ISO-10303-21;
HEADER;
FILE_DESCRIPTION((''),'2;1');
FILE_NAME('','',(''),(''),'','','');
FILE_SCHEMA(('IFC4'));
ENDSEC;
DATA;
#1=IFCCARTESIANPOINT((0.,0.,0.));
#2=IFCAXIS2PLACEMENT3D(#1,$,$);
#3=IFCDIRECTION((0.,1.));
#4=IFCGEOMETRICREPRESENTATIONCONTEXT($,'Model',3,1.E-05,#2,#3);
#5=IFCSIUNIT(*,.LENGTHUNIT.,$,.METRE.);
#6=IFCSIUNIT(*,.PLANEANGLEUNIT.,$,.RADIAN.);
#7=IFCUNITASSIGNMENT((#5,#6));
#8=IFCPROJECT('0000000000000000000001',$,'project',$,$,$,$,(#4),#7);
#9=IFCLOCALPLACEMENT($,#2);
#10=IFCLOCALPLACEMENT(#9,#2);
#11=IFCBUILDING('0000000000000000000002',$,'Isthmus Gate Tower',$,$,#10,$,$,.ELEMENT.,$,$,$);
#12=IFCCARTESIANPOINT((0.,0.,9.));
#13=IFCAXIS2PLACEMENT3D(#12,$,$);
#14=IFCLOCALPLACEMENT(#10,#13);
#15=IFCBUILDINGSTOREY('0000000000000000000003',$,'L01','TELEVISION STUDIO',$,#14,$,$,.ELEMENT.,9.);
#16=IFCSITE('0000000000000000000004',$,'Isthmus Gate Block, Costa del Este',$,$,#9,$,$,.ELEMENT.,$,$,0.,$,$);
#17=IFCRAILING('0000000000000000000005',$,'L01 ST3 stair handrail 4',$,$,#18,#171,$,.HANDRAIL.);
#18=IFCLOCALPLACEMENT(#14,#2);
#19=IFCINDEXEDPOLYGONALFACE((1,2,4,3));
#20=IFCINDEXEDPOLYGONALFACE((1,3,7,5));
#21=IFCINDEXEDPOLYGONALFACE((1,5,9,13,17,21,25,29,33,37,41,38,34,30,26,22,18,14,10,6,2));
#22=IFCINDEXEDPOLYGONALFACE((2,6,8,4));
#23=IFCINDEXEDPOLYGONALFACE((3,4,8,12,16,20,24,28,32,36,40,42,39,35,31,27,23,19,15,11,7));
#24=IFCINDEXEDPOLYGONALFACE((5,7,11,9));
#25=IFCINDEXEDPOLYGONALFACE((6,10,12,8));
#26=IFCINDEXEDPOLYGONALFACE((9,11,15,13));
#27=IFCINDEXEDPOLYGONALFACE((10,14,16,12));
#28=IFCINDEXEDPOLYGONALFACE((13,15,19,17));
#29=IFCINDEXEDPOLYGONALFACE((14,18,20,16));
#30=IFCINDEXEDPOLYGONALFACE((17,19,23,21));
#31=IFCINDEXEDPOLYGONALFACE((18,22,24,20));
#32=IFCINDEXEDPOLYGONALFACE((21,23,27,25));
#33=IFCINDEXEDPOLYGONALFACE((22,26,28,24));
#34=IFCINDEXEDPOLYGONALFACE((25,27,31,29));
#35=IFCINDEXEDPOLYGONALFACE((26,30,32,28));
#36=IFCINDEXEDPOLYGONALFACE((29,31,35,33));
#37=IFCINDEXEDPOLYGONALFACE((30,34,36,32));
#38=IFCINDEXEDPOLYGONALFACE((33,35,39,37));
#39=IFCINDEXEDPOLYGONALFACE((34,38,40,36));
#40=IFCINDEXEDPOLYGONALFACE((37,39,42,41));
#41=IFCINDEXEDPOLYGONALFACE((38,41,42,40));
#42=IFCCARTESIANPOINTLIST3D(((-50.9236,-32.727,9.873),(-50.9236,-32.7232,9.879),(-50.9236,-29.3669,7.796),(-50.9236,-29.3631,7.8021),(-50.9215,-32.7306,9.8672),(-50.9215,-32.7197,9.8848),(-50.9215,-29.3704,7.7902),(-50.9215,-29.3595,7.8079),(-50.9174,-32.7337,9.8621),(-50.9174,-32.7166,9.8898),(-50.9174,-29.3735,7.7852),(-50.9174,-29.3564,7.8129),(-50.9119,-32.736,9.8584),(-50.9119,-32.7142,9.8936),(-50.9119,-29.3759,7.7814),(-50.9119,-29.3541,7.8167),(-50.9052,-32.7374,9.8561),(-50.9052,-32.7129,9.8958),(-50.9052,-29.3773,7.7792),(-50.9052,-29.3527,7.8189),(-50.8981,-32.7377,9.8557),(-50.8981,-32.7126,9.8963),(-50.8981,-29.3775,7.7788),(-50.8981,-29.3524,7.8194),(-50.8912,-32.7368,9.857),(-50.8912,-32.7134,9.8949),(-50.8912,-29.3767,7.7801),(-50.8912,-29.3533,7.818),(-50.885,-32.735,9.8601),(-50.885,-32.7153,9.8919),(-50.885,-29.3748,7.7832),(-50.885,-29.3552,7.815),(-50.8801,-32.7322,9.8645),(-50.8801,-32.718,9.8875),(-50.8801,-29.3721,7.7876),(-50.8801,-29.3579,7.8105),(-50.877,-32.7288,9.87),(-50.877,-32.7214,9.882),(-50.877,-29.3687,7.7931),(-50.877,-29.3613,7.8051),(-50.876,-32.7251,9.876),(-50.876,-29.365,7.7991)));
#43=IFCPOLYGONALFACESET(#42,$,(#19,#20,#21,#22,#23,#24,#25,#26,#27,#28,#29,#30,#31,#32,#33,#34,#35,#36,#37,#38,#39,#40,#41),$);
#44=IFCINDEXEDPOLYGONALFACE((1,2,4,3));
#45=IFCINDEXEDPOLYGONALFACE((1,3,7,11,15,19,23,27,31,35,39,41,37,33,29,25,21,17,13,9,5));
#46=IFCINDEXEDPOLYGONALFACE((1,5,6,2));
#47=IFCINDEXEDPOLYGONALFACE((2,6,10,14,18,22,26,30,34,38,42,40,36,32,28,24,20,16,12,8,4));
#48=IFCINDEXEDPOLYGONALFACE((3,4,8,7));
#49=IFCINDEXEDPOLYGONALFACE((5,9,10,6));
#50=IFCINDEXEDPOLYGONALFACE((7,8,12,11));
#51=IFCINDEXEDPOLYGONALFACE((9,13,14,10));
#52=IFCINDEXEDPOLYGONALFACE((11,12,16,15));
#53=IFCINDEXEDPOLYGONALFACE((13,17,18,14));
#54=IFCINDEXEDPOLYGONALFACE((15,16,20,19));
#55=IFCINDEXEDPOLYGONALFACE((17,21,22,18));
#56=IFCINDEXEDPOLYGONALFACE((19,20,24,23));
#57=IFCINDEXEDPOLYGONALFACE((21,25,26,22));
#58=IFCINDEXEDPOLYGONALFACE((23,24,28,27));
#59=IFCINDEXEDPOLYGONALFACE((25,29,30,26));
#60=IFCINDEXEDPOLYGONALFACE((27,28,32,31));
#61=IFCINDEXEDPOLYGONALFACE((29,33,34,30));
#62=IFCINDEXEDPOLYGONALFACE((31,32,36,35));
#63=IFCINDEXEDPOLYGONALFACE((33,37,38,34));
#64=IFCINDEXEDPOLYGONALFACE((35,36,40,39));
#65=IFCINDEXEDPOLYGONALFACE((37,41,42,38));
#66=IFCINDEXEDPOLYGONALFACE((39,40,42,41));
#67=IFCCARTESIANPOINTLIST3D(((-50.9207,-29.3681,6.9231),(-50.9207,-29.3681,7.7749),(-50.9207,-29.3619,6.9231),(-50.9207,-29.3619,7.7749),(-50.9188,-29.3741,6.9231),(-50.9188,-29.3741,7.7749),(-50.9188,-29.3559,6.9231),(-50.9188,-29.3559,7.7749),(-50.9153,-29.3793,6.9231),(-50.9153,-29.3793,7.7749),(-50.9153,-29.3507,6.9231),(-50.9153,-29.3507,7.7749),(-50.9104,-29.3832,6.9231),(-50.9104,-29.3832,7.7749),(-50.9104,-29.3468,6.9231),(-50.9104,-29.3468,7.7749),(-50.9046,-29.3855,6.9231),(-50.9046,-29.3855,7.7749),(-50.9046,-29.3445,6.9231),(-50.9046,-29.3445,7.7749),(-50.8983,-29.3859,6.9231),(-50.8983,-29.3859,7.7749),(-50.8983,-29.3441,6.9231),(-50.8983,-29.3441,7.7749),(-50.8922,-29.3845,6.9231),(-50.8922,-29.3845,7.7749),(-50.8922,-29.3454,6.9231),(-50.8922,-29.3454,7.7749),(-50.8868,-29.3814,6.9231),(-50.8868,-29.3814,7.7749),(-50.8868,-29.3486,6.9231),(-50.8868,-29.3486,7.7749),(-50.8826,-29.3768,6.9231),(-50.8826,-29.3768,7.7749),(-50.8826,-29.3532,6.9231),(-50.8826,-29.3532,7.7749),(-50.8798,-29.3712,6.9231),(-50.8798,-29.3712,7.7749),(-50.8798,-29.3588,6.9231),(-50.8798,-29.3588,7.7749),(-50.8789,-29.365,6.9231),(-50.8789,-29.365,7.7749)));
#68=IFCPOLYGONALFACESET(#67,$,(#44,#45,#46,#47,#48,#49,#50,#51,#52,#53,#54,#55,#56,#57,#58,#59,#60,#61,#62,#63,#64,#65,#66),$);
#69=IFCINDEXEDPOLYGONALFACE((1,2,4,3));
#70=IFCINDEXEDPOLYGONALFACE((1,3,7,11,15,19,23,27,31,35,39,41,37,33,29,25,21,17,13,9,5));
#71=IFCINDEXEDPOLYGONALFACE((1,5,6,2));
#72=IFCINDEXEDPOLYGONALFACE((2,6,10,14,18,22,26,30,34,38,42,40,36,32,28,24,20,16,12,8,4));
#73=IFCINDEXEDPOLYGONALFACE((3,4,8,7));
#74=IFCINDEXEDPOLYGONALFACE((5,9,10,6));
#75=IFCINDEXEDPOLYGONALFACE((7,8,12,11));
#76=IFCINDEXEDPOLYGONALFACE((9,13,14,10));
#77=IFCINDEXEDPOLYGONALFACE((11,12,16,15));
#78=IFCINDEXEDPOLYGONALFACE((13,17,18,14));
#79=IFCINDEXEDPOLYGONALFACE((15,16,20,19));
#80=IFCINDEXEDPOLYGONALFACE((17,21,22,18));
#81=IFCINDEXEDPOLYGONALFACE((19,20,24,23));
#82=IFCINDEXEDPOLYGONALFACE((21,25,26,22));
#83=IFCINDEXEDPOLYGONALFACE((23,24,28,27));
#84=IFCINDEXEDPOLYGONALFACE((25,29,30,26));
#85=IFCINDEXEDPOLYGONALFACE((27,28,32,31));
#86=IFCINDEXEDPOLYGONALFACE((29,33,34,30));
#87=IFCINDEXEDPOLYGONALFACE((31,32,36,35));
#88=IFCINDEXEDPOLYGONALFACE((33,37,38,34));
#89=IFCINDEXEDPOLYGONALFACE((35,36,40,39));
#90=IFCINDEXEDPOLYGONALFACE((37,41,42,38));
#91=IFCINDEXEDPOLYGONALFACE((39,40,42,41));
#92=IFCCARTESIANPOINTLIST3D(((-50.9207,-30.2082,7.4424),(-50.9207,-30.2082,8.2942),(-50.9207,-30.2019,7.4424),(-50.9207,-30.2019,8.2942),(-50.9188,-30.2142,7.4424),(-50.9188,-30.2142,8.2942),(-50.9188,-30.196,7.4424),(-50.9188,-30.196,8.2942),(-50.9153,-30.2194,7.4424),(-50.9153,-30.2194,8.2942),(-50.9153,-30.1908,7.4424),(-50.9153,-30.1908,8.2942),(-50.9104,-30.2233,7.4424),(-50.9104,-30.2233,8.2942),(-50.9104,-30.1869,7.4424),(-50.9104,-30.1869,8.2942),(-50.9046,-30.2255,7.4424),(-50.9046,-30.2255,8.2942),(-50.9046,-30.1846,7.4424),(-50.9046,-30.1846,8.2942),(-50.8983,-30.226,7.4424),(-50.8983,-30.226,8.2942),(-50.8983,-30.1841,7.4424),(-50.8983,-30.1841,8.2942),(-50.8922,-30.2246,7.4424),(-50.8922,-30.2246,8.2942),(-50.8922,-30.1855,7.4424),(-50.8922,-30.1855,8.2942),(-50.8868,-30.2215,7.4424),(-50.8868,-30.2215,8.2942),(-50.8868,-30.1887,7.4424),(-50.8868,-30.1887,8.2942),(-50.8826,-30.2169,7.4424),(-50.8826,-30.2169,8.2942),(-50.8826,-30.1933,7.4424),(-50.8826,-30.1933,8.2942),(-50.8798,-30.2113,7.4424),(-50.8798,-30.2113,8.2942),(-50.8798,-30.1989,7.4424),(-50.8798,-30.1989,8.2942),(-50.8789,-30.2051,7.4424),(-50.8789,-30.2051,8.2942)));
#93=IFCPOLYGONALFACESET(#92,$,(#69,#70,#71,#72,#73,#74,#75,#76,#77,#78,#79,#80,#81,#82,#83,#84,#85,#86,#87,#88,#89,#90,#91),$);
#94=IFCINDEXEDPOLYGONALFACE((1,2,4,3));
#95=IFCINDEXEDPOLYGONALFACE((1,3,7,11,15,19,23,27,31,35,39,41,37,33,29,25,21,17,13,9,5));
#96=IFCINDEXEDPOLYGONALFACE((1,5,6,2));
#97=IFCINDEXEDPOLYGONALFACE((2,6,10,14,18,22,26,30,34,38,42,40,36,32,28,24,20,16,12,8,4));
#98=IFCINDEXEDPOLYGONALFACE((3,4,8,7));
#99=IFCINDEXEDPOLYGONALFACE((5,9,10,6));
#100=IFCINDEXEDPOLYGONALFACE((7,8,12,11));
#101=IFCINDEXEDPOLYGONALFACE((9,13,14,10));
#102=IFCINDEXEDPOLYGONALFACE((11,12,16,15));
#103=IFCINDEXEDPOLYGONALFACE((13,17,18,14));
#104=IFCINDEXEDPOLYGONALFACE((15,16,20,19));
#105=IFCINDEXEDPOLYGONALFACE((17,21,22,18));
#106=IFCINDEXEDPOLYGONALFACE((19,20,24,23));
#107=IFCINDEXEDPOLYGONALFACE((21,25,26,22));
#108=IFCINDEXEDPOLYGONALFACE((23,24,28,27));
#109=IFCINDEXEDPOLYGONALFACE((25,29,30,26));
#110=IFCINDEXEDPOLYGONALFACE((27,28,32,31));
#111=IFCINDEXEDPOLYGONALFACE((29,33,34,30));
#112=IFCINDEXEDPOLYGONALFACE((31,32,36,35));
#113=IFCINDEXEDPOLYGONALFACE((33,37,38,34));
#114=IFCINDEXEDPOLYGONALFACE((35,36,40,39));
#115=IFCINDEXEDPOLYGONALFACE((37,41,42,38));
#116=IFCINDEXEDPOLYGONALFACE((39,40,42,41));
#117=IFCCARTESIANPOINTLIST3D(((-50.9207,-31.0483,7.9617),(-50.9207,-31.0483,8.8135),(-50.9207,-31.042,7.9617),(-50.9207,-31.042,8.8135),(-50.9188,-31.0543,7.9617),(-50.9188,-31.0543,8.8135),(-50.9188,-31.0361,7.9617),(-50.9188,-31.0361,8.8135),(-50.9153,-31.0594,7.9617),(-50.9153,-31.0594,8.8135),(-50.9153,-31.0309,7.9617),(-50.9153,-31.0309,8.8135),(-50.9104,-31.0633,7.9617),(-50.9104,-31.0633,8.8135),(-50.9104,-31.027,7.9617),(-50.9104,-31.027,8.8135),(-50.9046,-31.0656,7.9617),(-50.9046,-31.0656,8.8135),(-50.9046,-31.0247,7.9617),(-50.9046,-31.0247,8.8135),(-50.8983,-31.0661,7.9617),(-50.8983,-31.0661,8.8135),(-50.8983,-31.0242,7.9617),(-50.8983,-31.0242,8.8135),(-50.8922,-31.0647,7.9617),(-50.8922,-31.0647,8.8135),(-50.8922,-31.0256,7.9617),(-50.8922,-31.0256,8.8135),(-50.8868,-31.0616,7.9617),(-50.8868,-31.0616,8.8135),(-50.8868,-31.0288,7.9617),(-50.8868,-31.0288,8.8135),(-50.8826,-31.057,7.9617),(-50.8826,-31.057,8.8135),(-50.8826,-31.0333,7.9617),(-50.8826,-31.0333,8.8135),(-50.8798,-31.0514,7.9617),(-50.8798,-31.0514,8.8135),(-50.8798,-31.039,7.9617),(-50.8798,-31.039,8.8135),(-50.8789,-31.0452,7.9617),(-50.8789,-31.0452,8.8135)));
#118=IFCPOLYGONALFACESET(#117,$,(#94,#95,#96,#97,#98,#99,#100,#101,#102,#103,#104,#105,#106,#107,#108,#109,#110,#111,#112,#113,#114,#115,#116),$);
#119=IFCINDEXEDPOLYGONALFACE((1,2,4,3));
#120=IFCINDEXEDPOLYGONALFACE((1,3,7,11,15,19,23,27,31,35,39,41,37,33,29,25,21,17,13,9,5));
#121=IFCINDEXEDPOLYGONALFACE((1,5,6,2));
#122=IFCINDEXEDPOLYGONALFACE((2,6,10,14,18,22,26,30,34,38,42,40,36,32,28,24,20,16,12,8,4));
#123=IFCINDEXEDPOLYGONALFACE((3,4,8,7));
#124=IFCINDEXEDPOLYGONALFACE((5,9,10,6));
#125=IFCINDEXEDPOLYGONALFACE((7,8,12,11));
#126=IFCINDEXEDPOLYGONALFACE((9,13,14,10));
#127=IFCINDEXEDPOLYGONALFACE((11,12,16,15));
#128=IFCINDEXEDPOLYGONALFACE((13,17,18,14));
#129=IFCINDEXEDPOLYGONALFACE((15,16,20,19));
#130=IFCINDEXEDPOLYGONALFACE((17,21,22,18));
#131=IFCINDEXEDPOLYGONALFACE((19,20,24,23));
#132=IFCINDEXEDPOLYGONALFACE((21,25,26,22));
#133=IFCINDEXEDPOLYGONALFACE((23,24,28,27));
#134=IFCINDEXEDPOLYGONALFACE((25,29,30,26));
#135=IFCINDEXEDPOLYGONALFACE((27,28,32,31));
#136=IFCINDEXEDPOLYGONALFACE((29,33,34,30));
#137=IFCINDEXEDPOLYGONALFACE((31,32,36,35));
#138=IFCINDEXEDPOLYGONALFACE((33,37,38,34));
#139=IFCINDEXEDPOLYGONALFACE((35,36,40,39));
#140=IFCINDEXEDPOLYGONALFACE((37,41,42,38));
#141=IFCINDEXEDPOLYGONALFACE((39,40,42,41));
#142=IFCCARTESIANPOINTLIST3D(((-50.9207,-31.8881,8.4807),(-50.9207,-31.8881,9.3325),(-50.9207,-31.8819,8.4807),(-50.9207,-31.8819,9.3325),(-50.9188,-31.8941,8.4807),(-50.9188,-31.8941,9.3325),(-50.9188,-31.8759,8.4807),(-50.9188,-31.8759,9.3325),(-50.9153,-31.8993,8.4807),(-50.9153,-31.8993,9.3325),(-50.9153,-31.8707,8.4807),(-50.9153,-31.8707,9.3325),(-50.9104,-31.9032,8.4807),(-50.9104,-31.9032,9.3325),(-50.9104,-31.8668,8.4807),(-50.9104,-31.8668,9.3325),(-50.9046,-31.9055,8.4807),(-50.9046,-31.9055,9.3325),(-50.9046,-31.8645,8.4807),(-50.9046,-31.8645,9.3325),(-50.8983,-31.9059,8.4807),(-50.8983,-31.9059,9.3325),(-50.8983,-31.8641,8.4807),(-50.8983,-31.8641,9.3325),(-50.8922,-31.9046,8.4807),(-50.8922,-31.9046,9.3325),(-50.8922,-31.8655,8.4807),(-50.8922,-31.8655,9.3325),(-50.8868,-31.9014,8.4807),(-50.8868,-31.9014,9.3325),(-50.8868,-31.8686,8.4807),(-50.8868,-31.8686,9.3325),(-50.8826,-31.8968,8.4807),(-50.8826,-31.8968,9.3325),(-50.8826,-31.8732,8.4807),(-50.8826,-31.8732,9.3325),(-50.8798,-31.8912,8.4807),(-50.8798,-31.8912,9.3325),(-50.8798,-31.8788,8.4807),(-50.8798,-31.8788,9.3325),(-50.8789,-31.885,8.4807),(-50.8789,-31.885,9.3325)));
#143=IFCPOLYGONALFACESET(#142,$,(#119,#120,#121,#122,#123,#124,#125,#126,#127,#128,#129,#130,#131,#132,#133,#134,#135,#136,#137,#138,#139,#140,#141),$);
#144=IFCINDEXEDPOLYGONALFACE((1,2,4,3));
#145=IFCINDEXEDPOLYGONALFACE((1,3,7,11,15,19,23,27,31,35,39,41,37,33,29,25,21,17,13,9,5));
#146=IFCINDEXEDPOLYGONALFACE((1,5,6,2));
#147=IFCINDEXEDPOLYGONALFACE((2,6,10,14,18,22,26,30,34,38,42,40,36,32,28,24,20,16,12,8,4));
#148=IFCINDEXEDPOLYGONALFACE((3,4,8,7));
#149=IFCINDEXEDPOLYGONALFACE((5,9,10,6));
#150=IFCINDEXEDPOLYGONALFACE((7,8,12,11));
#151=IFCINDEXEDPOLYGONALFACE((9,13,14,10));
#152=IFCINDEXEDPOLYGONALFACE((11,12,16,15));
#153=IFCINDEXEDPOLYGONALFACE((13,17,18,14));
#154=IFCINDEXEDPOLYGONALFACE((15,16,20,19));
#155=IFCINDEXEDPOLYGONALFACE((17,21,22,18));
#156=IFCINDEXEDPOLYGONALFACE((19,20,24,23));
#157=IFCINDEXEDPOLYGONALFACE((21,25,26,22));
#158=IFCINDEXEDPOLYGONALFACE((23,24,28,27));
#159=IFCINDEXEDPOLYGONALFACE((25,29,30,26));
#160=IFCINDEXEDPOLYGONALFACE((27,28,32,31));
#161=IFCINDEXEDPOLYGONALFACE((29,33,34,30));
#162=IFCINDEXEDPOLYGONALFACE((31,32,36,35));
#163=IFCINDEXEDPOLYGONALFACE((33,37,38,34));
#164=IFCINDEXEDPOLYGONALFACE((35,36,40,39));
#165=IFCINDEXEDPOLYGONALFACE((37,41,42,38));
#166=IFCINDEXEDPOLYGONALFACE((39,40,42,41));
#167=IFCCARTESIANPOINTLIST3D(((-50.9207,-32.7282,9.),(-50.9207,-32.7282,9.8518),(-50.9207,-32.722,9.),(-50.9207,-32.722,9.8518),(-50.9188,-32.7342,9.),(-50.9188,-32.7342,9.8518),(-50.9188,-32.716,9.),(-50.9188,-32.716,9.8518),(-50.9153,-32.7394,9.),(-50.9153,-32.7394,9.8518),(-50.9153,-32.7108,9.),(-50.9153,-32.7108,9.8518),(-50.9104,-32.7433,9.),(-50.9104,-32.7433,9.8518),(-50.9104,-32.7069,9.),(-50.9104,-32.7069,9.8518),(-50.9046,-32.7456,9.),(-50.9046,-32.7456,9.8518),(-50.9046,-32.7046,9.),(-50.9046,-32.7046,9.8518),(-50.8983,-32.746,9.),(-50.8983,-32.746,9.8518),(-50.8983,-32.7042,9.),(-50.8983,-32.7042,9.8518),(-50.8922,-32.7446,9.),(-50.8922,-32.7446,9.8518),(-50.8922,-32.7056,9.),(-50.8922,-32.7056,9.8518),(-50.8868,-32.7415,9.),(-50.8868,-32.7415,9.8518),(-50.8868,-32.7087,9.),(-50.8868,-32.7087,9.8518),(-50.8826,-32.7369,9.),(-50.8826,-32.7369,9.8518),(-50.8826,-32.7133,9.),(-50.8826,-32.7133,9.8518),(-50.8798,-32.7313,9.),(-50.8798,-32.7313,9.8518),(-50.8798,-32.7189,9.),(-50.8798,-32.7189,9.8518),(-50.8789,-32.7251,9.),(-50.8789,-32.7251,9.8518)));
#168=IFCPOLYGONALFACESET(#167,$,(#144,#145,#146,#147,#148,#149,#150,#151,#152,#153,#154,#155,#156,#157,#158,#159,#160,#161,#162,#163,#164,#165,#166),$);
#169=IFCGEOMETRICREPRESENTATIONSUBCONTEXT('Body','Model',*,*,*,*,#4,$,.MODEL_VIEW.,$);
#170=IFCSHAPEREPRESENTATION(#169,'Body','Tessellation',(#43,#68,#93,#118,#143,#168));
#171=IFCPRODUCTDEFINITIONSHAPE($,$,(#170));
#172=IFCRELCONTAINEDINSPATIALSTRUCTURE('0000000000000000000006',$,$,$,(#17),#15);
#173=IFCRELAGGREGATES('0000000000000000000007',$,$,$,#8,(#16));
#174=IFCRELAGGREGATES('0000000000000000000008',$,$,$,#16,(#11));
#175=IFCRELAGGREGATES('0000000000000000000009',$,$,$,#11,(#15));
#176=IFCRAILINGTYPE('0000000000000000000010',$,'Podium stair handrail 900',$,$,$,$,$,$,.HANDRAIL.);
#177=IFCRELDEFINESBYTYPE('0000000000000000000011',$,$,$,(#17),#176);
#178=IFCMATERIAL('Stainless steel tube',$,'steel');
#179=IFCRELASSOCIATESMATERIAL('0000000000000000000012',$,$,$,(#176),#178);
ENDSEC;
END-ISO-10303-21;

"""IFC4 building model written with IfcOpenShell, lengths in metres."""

from ifc_helpers import new_model, si_unit, direction, frame, origin, origin_2d, place, context, subcontext, project, spatial, circle, extrude, material, type_object, element, save


model = new_model("IFC4")

# Units and contexts
model_context = context("Model", 3, precision=1e-05, world=origin(), true_north=direction((0.0, 1.0)))
body_context = subcontext(model_context, "Body", "Model", "MODEL_VIEW")
ifc_project = project(units=[si_unit("LENGTHUNIT", "METRE"), si_unit("PLANEANGLEUNIT", "RADIAN")], contexts=[model_context])

# Site, building, storey
site_placement = place(None, origin())
site = spatial("IfcSite", under=ifc_project, at=site_placement, Name="Isthmus Gate Block, Costa del Este", CompositionType="ELEMENT", RefElevation=0.0)
building_placement = place(site_placement, origin())
building = spatial("IfcBuilding", under=site, at=building_placement, Name="Isthmus Gate Tower", CompositionType="ELEMENT")
storey_placement = place(building_placement, frame((0.0, 0.0, 9.0)))
storey = spatial("IfcBuildingStorey", under=building, at=storey_placement, Name="L01", Description="TELEVISION STUDIO", CompositionType="ELEMENT", Elevation=9.0)

# Railing
ifc_material_1 = material(Name="Stainless steel tube", Category="steel")
railing_type_1 = type_object("IfcRailingType", Name="Podium stair handrail 900", PredefinedType="HANDRAIL", material=ifc_material_1)
railing_1_placement = place(storey_placement, frame((-50.8999, -29.365, 6.9231)))
element("IfcRailing", 1, at=railing_1_placement, inside=storey, type_object=railing_type_1, Name="L01 ST3 stair handrail 4", PredefinedType="HANDRAIL", context=body_context, shape_type="SweptSolid", body=[
    extrude(circle(Radius=0.0239, at=origin_2d()), frame((0.0, 0.0, 0.876), z_axis=(0.0, -0.850623, 0.525776), x_axis=(1.0, 0.0, 0.0)), (0.0, 0.0, 1.0), 3.9502),
    extrude(circle(Radius=0.021, at=origin_2d()), origin(), (0.0, 0.0, 1.0), 0.8518),
    extrude(circle(Radius=0.021, at=origin_2d()), frame((0.0, -0.8401, 0.5193)), (0.0, 0.0, 1.0), 0.8518),
    extrude(circle(Radius=0.021, at=origin_2d()), frame((0.0, -1.6802, 1.0386)), (0.0, 0.0, 1.0), 0.8518),
    extrude(circle(Radius=0.021, at=origin_2d()), frame((0.0, -2.52, 1.5576)), (0.0, 0.0, 1.0), 0.8518),
    extrude(circle(Radius=0.021, at=origin_2d()), frame((0.0, -3.3601, 2.0769)), (0.0, 0.0, 1.0), 0.8518),
])

save(model, "model.ifc")
